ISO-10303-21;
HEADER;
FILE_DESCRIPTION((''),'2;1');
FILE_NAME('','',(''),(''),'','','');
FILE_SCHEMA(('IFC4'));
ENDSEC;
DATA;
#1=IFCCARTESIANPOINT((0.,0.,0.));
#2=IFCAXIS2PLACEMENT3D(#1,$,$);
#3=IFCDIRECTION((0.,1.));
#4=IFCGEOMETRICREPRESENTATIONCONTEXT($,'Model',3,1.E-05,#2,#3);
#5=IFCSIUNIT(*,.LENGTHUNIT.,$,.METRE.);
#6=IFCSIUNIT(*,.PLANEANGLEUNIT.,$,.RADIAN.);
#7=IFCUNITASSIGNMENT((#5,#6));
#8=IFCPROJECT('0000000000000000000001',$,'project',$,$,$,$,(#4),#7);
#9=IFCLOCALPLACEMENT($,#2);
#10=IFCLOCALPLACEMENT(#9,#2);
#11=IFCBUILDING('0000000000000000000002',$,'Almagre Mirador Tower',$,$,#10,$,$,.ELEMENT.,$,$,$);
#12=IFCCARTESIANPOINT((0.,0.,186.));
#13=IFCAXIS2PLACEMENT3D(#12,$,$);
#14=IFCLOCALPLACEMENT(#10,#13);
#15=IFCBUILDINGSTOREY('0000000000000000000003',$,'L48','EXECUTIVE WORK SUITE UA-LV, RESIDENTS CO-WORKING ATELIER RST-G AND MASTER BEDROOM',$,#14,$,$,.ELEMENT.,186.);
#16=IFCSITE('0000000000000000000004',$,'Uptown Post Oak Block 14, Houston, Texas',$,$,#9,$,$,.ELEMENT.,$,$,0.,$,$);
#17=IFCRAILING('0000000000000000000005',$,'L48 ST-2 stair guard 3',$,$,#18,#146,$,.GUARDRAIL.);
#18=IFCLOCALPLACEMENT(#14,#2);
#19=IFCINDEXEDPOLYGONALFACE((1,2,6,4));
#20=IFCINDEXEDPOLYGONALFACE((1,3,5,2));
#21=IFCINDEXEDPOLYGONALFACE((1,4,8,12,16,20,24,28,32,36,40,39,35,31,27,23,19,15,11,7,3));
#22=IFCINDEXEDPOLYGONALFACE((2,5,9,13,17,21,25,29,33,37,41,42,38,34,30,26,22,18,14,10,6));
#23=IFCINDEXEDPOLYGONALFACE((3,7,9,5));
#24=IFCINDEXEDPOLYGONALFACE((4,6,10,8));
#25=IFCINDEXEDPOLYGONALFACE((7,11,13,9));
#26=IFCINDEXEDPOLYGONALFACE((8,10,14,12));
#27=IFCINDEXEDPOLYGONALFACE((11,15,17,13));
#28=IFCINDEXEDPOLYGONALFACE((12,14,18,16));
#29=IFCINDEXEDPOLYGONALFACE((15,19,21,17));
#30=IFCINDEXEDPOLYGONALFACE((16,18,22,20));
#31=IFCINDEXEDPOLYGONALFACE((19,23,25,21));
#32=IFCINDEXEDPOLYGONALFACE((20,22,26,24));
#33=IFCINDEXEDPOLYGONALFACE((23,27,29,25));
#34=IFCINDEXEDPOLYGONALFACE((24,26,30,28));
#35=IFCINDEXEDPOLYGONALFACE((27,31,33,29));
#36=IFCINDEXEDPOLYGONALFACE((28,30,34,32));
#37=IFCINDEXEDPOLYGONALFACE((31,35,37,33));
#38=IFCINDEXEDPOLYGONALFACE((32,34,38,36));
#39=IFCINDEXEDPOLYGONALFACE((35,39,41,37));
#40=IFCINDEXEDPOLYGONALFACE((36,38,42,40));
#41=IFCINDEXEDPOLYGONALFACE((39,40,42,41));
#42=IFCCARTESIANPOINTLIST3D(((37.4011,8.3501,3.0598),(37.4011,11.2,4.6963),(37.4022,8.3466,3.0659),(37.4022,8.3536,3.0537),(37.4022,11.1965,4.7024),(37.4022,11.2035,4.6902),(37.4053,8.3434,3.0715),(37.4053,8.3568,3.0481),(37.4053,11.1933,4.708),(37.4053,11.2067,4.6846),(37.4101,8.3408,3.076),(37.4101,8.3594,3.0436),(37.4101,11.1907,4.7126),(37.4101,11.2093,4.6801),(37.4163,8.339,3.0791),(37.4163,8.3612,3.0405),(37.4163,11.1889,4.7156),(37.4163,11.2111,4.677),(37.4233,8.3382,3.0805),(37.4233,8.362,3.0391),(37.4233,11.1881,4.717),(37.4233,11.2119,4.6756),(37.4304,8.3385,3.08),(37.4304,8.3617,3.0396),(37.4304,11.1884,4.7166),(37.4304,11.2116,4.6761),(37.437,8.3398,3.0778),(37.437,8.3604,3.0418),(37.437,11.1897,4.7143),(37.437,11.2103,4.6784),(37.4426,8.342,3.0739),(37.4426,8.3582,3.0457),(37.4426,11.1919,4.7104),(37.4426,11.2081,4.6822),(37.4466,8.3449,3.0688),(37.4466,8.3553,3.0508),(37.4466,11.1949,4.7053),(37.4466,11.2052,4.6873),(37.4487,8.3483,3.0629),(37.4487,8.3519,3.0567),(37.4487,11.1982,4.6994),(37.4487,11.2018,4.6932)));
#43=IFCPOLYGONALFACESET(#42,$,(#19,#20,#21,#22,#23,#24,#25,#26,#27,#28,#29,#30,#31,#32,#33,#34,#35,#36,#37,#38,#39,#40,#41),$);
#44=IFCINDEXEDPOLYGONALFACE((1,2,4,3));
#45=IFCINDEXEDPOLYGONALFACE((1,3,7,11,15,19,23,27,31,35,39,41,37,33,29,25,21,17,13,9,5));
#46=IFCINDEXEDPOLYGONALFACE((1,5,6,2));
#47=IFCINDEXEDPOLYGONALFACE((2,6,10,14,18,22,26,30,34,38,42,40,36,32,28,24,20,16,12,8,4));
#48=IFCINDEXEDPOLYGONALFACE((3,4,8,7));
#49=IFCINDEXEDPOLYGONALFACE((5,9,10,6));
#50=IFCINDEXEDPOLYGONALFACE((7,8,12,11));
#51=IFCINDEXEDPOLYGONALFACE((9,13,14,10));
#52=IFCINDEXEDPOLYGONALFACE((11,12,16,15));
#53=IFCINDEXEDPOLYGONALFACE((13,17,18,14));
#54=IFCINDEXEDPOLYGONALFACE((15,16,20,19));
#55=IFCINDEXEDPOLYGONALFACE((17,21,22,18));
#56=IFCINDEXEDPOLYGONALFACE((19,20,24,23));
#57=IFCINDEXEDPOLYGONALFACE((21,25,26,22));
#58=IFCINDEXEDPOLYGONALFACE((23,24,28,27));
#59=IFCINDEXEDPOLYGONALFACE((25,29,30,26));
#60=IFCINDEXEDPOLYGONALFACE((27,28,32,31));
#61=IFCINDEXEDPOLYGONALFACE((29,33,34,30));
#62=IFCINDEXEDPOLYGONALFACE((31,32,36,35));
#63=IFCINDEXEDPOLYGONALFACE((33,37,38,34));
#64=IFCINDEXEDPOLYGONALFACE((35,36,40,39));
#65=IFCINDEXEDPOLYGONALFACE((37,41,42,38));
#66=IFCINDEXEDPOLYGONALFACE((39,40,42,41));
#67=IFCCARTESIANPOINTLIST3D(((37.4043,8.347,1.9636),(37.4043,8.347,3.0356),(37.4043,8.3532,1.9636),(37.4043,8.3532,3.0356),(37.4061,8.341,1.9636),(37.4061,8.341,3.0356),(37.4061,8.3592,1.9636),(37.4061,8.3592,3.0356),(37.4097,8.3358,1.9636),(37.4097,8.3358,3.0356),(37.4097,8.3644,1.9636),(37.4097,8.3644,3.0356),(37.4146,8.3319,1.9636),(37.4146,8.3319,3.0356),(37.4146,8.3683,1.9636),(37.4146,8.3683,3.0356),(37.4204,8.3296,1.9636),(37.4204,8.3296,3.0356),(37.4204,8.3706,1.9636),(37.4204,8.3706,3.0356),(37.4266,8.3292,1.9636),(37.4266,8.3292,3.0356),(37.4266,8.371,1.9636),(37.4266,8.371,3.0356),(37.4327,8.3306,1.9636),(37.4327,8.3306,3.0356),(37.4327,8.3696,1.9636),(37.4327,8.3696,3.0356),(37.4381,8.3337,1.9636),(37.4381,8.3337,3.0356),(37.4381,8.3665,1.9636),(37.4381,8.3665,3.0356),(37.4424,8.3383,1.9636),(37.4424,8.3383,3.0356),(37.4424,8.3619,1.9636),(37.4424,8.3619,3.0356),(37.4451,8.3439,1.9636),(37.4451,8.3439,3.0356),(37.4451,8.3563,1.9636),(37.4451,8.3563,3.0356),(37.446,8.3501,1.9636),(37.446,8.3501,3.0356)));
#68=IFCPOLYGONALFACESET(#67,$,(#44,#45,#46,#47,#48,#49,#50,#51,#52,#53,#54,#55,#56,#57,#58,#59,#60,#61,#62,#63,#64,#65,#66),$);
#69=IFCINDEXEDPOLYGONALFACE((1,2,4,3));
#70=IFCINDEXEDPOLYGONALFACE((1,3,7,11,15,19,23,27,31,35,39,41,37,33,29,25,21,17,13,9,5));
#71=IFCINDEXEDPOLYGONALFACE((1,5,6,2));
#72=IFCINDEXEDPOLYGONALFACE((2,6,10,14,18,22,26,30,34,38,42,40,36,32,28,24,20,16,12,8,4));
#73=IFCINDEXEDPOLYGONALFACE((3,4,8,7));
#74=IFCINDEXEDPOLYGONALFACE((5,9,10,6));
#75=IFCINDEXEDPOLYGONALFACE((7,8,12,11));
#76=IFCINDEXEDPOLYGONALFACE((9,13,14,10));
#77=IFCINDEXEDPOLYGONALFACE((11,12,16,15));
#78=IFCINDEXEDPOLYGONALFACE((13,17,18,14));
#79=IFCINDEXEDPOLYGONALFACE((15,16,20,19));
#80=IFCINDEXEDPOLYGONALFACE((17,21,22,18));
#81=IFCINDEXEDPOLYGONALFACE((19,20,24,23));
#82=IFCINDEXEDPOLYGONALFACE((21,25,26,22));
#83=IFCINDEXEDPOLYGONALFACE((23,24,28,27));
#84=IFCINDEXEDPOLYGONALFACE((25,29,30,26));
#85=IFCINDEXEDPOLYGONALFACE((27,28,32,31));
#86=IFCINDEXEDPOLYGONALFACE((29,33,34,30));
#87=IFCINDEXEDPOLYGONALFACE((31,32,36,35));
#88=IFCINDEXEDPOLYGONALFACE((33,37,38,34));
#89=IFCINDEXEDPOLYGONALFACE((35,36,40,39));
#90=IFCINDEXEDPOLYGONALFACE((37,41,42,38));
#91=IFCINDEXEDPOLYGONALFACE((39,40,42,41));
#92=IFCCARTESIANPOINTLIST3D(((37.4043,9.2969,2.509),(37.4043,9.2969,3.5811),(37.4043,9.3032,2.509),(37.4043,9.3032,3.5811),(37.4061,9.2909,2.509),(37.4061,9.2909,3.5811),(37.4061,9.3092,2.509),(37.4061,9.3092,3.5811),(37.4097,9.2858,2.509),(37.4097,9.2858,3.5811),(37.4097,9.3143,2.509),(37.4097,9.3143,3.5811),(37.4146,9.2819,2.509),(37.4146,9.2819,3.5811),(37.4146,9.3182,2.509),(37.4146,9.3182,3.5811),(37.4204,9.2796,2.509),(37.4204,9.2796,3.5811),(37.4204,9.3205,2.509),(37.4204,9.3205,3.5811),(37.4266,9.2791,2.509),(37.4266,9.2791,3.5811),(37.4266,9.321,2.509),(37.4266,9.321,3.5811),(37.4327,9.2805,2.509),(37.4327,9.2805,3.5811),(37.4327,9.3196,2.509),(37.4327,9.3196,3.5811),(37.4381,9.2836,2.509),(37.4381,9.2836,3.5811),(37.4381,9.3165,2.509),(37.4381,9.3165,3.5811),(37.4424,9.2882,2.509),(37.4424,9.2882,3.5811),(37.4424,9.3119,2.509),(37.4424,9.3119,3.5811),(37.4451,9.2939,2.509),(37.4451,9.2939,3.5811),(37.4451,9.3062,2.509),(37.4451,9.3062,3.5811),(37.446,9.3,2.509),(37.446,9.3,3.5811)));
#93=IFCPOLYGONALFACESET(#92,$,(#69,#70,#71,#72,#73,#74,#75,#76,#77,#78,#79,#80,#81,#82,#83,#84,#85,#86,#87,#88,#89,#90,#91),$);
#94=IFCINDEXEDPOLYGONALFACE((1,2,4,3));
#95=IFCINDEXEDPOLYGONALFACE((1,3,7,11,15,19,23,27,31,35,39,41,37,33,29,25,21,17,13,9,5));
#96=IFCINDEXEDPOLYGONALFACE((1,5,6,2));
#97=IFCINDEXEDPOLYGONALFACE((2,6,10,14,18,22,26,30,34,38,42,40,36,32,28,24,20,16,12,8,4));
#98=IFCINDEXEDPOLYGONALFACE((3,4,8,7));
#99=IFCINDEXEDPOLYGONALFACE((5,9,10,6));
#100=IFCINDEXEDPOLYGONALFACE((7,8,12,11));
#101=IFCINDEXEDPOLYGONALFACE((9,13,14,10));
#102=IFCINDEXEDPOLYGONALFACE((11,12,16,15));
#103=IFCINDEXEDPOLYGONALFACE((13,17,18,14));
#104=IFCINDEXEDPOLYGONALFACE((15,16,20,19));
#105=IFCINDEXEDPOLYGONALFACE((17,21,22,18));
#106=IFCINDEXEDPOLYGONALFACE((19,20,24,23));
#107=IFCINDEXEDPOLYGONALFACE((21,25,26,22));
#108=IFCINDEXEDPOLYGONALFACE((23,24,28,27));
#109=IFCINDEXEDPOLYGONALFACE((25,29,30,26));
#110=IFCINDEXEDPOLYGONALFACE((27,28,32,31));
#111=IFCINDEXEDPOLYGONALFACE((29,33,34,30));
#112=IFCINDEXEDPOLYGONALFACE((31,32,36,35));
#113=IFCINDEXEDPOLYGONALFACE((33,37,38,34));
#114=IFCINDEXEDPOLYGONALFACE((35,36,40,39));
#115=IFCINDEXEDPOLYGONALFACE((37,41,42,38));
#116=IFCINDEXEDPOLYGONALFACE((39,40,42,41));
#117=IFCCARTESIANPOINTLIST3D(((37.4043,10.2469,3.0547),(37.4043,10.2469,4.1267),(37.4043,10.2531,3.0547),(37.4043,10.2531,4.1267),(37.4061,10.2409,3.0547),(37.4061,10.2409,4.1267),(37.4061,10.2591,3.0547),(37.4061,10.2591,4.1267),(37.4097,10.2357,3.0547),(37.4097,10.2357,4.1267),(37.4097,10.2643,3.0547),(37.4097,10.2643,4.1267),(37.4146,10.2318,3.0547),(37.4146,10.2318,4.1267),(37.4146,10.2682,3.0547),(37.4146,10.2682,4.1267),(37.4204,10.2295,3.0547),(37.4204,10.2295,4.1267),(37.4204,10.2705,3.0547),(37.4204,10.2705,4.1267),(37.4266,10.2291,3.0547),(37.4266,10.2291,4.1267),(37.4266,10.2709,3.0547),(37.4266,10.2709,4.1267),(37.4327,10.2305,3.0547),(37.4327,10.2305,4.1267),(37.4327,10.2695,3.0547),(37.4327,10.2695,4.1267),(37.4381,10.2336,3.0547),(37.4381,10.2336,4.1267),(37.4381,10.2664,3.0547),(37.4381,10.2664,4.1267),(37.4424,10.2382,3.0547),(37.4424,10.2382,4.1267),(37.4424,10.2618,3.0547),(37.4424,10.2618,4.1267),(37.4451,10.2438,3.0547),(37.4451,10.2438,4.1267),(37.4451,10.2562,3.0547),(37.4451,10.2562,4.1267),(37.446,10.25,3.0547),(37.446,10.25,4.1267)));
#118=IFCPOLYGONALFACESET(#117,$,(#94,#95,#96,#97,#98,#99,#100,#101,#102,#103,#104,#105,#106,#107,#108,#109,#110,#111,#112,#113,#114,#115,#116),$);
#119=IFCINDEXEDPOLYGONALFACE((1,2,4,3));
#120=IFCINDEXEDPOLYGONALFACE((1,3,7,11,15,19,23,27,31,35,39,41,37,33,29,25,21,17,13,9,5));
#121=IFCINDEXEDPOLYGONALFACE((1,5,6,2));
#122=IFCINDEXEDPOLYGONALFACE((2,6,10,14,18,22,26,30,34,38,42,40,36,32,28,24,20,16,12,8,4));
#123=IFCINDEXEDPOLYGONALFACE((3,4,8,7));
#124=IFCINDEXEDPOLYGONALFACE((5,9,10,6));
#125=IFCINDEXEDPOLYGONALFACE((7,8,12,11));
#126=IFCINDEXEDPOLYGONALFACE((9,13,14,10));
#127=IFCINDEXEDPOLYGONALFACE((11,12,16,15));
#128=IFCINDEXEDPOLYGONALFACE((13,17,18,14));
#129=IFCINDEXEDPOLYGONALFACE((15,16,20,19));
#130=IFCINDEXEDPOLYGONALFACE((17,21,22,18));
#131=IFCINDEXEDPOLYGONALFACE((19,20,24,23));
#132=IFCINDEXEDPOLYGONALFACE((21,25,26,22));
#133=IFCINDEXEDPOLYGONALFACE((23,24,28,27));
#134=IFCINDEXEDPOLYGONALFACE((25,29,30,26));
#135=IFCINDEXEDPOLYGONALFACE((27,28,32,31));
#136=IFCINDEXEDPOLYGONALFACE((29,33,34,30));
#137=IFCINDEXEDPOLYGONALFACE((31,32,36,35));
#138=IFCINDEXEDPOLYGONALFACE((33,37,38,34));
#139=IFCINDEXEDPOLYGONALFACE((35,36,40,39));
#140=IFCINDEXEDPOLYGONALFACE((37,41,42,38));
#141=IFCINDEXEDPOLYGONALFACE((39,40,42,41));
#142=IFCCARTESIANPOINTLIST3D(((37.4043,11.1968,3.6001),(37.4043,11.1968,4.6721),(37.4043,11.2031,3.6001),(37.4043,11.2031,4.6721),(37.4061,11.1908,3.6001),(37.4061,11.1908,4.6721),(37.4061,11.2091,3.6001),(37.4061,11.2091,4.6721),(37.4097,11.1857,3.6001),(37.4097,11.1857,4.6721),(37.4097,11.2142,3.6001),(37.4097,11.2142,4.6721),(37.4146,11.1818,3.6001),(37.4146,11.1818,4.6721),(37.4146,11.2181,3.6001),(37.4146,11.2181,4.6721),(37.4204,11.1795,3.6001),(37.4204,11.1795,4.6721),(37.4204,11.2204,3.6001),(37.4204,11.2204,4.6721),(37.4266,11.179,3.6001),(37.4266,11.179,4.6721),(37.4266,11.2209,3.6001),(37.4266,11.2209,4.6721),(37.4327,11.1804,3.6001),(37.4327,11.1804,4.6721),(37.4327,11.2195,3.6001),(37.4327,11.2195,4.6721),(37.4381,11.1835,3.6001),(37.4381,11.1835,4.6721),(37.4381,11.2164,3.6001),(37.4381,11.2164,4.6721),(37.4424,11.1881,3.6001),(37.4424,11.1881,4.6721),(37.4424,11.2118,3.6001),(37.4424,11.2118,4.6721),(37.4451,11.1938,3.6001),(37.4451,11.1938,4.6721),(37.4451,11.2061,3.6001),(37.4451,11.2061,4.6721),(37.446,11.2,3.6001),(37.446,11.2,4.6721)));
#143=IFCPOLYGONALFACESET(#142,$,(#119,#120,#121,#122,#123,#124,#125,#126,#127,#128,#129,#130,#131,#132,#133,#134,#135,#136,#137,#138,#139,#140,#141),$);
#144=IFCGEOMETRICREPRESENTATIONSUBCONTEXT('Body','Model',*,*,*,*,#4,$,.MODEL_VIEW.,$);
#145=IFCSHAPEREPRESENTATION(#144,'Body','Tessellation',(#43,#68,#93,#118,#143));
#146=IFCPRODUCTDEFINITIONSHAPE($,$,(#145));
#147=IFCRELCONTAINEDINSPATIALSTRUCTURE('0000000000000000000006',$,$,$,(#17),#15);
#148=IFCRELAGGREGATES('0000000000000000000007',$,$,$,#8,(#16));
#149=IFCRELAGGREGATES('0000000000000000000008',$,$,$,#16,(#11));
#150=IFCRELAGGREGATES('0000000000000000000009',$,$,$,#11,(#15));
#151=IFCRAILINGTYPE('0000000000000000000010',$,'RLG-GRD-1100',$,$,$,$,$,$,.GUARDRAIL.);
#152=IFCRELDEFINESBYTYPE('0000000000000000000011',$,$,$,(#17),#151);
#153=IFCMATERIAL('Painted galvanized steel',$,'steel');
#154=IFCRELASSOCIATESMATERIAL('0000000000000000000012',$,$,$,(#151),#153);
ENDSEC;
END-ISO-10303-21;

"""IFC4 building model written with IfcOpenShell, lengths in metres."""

from ifc_helpers import new_model, si_unit, direction, frame, origin, origin_2d, place, context, subcontext, project, spatial, circle, extrude, material, type_object, element, save


model = new_model("IFC4")

# Units and contexts
model_context = context("Model", 3, precision=1e-05, world=origin(), true_north=direction((0.0, 1.0)))
body_context = subcontext(model_context, "Body", "Model", "MODEL_VIEW")
ifc_project = project(units=[si_unit("LENGTHUNIT", "METRE"), si_unit("PLANEANGLEUNIT", "RADIAN")], contexts=[model_context])

# Site, building, storey
site_placement = place(None, origin())
site = spatial("IfcSite", under=ifc_project, at=site_placement, Name="Uptown Post Oak Block 14, Houston, Texas", CompositionType="ELEMENT", RefElevation=0.0)
building_placement = place(site_placement, origin())
building = spatial("IfcBuilding", under=site, at=building_placement, Name="Almagre Mirador Tower", CompositionType="ELEMENT")
storey_placement = place(building_placement, frame((0.0, 0.0, 186.0)))
storey = spatial("IfcBuildingStorey", under=building, at=storey_placement, Name="L48", Description="EXECUTIVE WORK SUITE UA-LV, RESIDENTS CO-WORKING ATELIER RST-G AND MASTER BEDROOM", CompositionType="ELEMENT", Elevation=186.0)

# Railing
ifc_material_1 = material(Name="Painted galvanized steel", Category="steel")
railing_type_1 = type_object("IfcRailingType", Name="RLG-GRD-1100", PredefinedType="GUARDRAIL", material=ifc_material_1)
railing_1_placement = place(storey_placement, frame((37.425, 8.3501, 1.9636)))
element("IfcRailing", 1, at=railing_1_placement, inside=storey, type_object=railing_type_1, Name="L48 ST-2 stair guard 3", PredefinedType="GUARDRAIL", context=body_context, shape_type="SweptSolid", body=[
    extrude(circle(Radius=0.0239, at=origin_2d()), frame((0.0, 0.0, 1.0962), z_axis=(0.0, 0.867194, 0.49797), x_axis=(-1.0, 0.0, 0.0)), (0.0, 0.0, 1.0), 3.2864),
    extrude(circle(Radius=0.021, at=origin_2d()), origin(), (0.0, 0.0, 1.0), 1.072),
    extrude(circle(Radius=0.021, at=origin_2d()), frame((0.0, 0.95, 0.5454)), (0.0, 0.0, 1.0), 1.072),
    extrude(circle(Radius=0.021, at=origin_2d()), frame((0.0, 1.8999, 1.0911)), (0.0, 0.0, 1.0), 1.072),
    extrude(circle(Radius=0.021, at=origin_2d()), frame((0.0, 2.8499, 1.6365)), (0.0, 0.0, 1.0), 1.072),
])

save(model, "model.ifc")
